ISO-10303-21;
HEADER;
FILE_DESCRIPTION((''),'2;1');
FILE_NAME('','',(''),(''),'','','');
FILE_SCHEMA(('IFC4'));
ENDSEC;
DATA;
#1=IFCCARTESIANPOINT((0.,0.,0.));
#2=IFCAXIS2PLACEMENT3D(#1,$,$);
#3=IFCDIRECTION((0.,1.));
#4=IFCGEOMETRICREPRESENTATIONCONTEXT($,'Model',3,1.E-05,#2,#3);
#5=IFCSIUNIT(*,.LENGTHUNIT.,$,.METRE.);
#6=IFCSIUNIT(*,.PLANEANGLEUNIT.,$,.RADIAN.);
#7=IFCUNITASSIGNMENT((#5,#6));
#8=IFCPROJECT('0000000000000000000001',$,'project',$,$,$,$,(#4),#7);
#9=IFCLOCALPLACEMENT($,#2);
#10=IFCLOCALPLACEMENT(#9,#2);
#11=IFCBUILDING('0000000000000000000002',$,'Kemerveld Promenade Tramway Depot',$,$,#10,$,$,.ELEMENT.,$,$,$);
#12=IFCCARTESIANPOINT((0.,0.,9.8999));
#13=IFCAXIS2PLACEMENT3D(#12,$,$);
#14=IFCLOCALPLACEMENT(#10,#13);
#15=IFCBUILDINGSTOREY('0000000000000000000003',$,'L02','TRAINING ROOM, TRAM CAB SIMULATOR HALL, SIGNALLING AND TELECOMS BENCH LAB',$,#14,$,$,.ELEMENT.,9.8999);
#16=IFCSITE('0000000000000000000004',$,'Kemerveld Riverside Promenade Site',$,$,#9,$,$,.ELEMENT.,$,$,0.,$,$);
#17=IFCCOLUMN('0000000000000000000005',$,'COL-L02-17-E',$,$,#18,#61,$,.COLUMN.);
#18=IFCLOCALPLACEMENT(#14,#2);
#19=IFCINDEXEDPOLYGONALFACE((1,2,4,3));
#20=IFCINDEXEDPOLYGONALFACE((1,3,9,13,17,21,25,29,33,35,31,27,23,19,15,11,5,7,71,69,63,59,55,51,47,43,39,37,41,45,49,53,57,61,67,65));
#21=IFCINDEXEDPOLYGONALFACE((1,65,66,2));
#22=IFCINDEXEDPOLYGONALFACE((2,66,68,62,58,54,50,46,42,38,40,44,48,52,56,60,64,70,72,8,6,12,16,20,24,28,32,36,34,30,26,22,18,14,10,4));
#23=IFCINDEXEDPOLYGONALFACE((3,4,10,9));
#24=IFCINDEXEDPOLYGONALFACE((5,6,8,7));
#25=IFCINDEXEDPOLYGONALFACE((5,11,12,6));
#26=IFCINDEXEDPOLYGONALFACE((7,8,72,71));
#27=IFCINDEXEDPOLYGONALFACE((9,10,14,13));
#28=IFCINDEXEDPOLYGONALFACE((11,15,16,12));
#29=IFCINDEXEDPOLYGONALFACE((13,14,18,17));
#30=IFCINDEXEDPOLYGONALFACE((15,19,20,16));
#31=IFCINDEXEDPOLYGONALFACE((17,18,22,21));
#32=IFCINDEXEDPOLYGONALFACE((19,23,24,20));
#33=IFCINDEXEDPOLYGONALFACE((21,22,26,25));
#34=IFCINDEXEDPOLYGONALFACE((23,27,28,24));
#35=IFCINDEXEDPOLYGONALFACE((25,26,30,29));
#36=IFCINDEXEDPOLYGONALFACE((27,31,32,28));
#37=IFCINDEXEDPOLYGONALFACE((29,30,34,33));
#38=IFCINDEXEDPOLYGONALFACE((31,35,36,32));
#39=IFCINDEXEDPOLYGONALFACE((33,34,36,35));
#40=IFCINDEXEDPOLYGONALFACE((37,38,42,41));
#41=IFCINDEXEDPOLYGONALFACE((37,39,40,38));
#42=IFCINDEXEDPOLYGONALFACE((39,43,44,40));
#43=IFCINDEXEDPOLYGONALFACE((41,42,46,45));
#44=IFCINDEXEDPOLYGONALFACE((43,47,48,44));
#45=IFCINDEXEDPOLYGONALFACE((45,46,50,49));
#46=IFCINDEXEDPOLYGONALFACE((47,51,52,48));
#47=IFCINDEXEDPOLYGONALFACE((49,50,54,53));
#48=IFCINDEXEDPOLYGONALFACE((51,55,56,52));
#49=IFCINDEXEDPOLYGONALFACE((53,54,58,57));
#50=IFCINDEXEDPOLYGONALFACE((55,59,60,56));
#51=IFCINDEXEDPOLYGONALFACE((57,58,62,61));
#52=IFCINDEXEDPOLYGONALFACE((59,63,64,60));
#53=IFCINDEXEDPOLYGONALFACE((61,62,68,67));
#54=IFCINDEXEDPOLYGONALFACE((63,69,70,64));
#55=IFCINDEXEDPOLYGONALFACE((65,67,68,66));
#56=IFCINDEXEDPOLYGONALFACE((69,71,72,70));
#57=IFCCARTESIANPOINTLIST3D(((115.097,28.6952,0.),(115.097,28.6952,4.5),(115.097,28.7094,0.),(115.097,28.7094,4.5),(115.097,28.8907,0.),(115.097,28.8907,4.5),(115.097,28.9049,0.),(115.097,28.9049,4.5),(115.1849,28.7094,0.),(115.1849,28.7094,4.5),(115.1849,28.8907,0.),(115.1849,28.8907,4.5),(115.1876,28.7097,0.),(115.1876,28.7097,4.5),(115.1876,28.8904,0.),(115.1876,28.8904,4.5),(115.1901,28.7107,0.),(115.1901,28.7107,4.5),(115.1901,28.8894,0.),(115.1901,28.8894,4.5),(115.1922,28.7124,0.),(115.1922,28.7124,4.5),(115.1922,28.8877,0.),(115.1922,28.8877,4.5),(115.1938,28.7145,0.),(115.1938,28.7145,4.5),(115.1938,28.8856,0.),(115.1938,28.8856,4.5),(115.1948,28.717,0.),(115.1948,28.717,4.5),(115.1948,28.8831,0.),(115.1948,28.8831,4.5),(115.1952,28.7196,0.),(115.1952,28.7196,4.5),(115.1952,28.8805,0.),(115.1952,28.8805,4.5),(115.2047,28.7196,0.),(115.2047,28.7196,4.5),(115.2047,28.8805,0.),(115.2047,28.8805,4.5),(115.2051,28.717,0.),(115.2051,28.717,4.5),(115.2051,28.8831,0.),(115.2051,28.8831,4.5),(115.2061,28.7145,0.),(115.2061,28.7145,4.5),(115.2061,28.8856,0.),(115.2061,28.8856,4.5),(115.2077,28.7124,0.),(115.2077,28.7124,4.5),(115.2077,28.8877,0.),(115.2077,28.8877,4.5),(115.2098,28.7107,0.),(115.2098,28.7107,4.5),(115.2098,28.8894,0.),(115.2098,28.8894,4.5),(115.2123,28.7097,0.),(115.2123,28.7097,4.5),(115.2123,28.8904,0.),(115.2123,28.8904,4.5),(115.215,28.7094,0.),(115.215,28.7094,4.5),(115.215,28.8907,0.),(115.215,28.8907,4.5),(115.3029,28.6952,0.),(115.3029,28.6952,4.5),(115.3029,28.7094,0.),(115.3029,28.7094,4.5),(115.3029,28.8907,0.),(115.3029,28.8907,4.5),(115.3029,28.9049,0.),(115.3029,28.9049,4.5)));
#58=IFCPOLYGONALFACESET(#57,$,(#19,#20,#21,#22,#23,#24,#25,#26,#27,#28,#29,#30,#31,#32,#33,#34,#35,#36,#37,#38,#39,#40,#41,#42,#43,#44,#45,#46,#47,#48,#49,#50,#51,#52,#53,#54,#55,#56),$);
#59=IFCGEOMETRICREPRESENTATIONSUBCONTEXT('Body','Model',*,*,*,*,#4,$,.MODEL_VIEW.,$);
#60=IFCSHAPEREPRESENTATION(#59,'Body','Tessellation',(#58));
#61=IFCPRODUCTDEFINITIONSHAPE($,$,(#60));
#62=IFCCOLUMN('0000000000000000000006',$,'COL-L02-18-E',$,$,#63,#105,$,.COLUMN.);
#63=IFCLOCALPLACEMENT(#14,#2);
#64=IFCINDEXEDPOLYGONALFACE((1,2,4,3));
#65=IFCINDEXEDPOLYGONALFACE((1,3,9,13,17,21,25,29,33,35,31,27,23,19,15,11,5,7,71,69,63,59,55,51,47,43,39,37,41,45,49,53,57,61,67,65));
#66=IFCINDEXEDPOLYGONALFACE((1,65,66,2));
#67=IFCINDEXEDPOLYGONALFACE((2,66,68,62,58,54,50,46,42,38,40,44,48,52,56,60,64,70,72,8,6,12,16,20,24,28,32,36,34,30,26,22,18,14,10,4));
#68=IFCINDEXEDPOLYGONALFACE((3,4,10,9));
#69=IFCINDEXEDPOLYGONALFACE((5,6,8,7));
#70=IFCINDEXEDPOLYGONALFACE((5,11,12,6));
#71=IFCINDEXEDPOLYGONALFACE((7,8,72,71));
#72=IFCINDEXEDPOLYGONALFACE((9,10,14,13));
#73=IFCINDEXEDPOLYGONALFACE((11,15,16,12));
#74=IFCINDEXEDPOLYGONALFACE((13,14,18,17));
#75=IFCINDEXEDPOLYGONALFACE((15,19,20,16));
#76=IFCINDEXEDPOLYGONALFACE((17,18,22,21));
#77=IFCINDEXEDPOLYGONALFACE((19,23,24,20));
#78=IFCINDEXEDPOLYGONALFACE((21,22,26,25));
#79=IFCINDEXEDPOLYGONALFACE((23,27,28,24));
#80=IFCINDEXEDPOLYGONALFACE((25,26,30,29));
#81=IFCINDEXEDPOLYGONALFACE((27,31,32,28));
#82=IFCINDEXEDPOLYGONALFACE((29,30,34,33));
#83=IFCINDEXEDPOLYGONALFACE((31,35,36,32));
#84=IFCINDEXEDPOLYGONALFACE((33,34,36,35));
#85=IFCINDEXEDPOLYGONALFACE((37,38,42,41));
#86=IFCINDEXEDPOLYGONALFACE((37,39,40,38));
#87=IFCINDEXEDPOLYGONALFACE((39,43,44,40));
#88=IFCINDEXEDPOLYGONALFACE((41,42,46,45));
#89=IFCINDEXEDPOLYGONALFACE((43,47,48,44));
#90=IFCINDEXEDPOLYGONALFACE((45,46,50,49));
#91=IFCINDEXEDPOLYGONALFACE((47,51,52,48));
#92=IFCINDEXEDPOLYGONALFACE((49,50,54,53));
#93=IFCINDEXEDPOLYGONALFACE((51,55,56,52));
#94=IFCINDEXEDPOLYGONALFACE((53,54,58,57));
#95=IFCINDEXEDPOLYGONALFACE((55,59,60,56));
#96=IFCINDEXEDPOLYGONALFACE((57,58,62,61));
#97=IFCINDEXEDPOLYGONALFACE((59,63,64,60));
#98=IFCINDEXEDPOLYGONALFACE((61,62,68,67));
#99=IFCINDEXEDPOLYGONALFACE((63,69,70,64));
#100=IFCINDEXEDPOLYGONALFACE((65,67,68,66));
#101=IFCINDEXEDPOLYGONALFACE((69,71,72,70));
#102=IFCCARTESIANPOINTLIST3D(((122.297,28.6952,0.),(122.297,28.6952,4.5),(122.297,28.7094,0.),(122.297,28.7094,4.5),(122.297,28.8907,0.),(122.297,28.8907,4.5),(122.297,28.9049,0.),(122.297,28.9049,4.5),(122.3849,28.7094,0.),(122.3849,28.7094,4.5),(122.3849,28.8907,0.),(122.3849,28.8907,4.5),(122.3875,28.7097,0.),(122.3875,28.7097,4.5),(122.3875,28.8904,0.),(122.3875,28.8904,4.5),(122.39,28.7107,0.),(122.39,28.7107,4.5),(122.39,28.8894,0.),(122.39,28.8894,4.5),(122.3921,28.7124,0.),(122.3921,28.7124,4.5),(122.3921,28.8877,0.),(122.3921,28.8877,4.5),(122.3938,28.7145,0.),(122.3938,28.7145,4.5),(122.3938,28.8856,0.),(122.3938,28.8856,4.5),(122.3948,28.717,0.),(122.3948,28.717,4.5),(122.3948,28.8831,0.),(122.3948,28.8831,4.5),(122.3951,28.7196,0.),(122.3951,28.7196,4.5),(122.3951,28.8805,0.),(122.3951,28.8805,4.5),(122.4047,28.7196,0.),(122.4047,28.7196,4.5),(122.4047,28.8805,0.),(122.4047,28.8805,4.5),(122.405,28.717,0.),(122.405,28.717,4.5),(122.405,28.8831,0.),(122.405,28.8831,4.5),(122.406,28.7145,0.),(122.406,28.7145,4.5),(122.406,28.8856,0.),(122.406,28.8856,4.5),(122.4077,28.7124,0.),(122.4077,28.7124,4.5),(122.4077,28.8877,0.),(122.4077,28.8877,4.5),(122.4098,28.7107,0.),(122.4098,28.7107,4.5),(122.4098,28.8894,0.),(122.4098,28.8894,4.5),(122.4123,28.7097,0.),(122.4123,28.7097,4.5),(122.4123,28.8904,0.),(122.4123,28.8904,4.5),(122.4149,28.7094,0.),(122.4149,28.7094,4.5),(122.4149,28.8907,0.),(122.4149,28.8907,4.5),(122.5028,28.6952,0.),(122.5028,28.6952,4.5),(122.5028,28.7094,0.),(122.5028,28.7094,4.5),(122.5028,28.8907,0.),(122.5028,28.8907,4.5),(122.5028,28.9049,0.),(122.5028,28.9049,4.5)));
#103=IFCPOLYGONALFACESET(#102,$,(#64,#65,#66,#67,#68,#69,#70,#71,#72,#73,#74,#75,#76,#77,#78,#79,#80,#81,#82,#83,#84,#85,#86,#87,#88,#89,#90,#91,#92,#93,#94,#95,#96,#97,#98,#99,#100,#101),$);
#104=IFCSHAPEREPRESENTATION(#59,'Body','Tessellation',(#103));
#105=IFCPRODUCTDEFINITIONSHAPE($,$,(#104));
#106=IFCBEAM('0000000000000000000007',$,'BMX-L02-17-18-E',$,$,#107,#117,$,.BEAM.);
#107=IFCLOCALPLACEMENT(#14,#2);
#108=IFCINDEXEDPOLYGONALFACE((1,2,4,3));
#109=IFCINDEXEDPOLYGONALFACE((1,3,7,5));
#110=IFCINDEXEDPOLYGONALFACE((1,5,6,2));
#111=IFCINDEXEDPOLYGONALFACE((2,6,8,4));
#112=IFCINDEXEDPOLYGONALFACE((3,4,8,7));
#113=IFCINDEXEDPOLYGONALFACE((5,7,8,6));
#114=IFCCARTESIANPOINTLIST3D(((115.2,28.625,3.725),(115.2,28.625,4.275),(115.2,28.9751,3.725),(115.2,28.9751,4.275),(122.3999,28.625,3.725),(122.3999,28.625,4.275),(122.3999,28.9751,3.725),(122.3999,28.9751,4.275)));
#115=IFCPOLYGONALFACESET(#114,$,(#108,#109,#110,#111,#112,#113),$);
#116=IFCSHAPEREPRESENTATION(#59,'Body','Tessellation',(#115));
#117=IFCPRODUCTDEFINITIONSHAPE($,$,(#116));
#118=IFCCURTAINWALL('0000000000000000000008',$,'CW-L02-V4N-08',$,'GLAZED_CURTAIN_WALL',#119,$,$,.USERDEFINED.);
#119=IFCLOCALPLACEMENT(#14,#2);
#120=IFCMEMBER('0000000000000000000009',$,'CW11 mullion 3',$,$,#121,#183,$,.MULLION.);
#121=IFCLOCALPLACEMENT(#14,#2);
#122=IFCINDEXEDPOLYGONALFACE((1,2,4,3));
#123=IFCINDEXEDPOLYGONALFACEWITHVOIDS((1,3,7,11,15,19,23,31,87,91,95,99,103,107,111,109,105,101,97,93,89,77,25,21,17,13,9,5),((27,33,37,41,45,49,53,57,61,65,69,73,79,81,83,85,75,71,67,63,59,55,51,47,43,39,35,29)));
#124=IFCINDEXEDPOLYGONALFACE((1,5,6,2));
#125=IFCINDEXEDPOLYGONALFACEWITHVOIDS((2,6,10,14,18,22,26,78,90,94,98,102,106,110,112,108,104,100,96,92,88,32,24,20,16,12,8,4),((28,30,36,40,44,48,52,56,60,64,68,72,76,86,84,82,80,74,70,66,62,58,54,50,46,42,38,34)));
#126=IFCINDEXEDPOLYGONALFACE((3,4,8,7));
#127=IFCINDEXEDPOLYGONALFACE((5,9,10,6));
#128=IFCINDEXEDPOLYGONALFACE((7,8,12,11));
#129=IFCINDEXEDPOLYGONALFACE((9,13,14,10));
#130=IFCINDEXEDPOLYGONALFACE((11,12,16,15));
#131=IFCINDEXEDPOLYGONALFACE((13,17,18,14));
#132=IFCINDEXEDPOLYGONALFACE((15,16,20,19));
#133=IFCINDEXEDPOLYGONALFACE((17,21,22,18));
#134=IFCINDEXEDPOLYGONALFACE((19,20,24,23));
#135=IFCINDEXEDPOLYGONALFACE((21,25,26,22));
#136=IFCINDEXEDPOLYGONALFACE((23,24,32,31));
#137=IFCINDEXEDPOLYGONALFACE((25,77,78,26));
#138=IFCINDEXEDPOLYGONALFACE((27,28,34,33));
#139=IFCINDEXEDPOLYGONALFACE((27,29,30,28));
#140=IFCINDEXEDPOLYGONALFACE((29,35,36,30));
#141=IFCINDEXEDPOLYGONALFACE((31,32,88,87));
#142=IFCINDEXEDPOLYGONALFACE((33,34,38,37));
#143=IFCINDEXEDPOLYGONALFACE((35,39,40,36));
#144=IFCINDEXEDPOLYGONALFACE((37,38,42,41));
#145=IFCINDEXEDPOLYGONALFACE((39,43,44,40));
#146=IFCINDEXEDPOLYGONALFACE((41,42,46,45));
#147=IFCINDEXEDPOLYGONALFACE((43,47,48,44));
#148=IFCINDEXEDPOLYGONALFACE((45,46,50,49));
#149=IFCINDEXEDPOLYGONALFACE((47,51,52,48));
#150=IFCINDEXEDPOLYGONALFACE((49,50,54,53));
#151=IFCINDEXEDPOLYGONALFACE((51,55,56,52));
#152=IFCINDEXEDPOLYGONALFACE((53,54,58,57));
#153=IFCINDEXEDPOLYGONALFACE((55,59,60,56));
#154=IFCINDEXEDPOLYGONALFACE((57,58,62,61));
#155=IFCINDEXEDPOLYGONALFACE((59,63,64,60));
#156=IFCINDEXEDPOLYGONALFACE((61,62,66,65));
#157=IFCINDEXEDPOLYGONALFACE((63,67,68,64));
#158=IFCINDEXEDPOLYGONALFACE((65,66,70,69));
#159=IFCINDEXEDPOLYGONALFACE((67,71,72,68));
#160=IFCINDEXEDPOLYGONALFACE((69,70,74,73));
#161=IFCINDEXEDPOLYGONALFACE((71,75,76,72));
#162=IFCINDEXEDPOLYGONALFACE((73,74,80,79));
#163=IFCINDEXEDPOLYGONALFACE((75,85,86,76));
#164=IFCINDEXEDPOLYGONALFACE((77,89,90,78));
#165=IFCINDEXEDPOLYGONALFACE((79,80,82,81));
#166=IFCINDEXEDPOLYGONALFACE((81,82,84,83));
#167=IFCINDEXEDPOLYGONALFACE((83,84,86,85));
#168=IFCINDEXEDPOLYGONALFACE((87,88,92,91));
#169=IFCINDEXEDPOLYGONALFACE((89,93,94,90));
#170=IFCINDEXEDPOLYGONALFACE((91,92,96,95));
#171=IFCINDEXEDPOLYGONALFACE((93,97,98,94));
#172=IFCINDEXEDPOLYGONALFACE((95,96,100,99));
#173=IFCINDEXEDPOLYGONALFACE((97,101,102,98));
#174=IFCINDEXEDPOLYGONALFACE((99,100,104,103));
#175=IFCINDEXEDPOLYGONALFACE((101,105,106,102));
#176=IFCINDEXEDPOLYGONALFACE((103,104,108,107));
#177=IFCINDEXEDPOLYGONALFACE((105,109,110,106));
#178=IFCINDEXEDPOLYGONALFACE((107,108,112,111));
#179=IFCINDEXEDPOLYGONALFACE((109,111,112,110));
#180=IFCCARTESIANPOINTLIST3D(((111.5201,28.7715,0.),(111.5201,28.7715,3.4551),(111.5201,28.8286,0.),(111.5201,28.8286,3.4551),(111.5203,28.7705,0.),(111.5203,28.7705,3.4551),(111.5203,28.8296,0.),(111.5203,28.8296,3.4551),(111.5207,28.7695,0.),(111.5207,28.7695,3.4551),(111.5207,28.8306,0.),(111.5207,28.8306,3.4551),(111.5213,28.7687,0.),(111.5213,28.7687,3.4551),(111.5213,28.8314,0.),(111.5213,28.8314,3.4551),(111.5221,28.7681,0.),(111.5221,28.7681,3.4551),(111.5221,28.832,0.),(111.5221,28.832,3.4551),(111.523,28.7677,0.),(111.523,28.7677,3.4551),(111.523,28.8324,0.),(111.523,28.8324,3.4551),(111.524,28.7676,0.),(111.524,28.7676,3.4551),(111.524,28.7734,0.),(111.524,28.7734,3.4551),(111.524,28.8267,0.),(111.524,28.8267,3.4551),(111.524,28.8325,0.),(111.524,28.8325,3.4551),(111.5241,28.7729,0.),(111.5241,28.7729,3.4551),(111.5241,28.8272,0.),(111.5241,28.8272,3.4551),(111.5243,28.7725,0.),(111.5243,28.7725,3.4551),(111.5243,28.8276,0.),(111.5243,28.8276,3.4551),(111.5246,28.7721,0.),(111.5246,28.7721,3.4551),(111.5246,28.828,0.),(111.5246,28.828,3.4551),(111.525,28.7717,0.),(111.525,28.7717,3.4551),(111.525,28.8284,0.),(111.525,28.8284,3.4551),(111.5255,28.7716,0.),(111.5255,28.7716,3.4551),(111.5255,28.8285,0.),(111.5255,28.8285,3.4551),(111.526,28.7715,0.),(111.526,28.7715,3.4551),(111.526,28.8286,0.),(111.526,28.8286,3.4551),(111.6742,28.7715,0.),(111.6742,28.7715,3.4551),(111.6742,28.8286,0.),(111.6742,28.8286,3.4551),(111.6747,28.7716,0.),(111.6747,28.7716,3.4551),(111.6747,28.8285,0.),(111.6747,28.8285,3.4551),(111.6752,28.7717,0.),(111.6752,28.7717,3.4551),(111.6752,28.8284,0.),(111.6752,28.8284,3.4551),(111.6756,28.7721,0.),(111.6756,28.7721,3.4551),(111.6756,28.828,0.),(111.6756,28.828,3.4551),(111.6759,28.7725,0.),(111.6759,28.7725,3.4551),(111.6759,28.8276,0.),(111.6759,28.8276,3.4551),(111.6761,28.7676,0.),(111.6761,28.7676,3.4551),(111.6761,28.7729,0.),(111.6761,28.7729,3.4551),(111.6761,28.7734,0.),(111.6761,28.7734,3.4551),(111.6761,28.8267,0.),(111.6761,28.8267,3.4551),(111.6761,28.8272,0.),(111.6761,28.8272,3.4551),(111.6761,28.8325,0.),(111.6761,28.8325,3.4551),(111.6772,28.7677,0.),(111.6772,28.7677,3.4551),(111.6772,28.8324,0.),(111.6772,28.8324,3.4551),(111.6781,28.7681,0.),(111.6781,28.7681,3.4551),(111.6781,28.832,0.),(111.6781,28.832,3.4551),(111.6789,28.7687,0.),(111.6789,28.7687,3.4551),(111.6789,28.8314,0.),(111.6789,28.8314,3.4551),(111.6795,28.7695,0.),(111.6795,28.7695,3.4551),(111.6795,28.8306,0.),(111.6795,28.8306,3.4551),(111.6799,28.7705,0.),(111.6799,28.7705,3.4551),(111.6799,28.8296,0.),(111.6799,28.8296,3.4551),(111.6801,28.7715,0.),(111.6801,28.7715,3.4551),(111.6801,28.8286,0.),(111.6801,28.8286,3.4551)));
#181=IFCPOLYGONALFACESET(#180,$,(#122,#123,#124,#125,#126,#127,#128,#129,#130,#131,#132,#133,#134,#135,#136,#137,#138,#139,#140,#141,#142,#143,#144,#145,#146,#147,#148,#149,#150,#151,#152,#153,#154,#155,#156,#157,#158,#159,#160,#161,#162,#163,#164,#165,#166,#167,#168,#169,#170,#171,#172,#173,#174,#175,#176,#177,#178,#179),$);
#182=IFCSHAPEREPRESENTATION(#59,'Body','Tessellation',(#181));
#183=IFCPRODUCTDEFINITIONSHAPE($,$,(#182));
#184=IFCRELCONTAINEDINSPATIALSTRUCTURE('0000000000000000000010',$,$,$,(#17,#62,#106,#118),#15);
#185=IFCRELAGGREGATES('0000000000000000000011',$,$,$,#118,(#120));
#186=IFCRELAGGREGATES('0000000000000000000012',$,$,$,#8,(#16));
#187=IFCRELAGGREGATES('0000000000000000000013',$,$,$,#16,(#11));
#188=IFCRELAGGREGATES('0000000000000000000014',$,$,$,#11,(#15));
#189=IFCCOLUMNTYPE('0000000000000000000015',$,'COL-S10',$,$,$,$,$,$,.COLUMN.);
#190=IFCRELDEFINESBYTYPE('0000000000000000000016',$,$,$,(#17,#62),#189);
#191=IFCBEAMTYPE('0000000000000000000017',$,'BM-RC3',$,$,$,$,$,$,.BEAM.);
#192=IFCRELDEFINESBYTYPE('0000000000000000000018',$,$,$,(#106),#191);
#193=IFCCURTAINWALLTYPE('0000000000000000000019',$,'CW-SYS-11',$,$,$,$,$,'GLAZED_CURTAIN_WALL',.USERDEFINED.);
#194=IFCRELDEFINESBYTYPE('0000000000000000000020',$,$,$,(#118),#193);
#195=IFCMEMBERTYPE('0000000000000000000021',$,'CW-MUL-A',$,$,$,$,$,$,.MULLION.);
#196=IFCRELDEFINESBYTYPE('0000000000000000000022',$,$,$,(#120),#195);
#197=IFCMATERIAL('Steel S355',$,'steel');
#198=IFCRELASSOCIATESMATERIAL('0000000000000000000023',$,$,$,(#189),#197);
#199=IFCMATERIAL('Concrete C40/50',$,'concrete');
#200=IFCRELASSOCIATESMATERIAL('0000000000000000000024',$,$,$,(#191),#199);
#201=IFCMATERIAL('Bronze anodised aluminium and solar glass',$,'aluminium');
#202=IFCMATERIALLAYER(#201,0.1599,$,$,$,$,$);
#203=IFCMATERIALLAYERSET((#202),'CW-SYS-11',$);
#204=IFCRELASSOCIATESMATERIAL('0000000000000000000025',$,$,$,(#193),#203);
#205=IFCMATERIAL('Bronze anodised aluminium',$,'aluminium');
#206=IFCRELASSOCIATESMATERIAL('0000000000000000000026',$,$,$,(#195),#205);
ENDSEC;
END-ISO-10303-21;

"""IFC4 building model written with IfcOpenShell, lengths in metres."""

from ifc_helpers import new_model, si_unit, direction, frame, origin, origin_2d, place, context, subcontext, project, spatial, rectangle, hollow_rectangle, i_section, extrude, material, layer, layer_set, material_profile, profile_set, type_object, element, aggregate, save


model = new_model("IFC4")

# Units and contexts
model_context = context("Model", 3, precision=1e-05, world=origin(), true_north=direction((0.0, 1.0)))
body_context = subcontext(model_context, "Body", "Model", "MODEL_VIEW")
ifc_project = project(units=[si_unit("LENGTHUNIT", "METRE"), si_unit("PLANEANGLEUNIT", "RADIAN")], contexts=[model_context])

# Site, building, storey
site_placement = place(None, origin())
site = spatial("IfcSite", under=ifc_project, at=site_placement, Name="Kemerveld Riverside Promenade Site", CompositionType="ELEMENT", RefElevation=0.0)
building_placement = place(site_placement, origin())
building = spatial("IfcBuilding", under=site, at=building_placement, Name="Kemerveld Promenade Tramway Depot", CompositionType="ELEMENT")
storey_placement = place(building_placement, frame((0.0, 0.0, 9.8999)))
storey = spatial("IfcBuildingStorey", under=building, at=storey_placement, Name="L02", Description="TRAINING ROOM, TRAM CAB SIMULATOR HALL, SIGNALLING AND TELECOMS BENCH LAB", CompositionType="ELEMENT", Elevation=9.8999)

# Columns
ifc_material_1 = material(Name="Steel S355", Category="steel")
ifc_material_profile_1 = material_profile(ifc_material_1, i_section(OverallWidth=0.2058, OverallDepth=0.2097, WebThickness=0.0095, FlangeThickness=0.0142, FilletRadius=0.0103, at=origin_2d()), Name="203x203x60 UC")
ifc_profile_set_1 = profile_set([ifc_material_profile_1], Name="Steel S355")
column_type = type_object("IfcColumnType", Name="COL-S10", PredefinedType="COLUMN", material=ifc_profile_set_1)
for number, where, z_axis, x_axis, name in (
    (1, (115.2, 28.8, 0.0), (0.0, 0.0, 1.0), (1.0, 0.0, 0.0), "COL-L02-17-E"),
    (2, (122.3999, 28.8, 0.0), (0.0, 0.0, 1.0), (1.0, 0.0, 0.0), "COL-L02-18-E"),
):
    element("IfcColumn", number, at=place(storey_placement, frame(where, z_axis=z_axis, x_axis=x_axis)), inside=storey, type_object=column_type, Name=name, PredefinedType="COLUMN", context=body_context, shape_type="SweptSolid", body=[
        extrude(i_section(OverallWidth=0.2058, OverallDepth=0.2097, WebThickness=0.0095, FlangeThickness=0.0142, FilletRadius=0.0103, at=origin_2d()), origin(), (0.0, 0.0, 1.0), 4.5),
    ])

# Beam
ifc_material_2 = material(Name="Concrete C40/50", Category="concrete")
ifc_material_profile_2 = material_profile(ifc_material_2, rectangle(XDim=0.3501, YDim=0.55, at=origin_2d()), Name="RC-BM-350x550")
ifc_profile_set_2 = profile_set([ifc_material_profile_2], Name="Concrete C40/50")
beam_type = type_object("IfcBeamType", Name="BM-RC3", PredefinedType="BEAM", material=ifc_profile_set_2)
beam_placement = place(storey_placement, frame((115.2, 28.8, 4.0), z_axis=(1.0, 0.0, 0.0), x_axis=(0.0, 1.0, 0.0)))
element("IfcBeam", 3, at=beam_placement, inside=storey, type_object=beam_type, Name="BMX-L02-17-18-E", PredefinedType="BEAM", context=body_context, shape_type="SweptSolid", body=[
    extrude(rectangle(XDim=0.3501, YDim=0.55, at=origin_2d()), origin(), (0.0, 0.0, 1.0), 7.2),
])

# Curtain wall, member
ifc_material_3 = material(Name="Bronze anodised aluminium and solar glass", Category="aluminium")
ifc_layer_1 = layer(ifc_material_3, 0.1599)
ifc_layer_set_1 = layer_set([ifc_layer_1], Name="CW-SYS-11")
curtain_wall_type = type_object("IfcCurtainWallType", Name="CW-SYS-11", ElementType="GLAZED_CURTAIN_WALL", PredefinedType="USERDEFINED", material=ifc_layer_set_1)
curtain_wall_placement = place(storey_placement, origin())
curtain_wall = element("IfcCurtainWall", 4, at=curtain_wall_placement, inside=storey, type_object=curtain_wall_type, Name="CW-L02-V4N-08", ObjectType="GLAZED_CURTAIN_WALL", PredefinedType="USERDEFINED")
ifc_material_4 = material(Name="Bronze anodised aluminium", Category="aluminium")
ifc_material_profile_3 = material_profile(ifc_material_4, hollow_rectangle(XDim=0.0649, YDim=0.1599, WallThickness=0.0039, InnerFilletRadius=0.002, OuterFilletRadius=0.0039, at=origin_2d()), Name="CW-MUL-160x65")
ifc_profile_set_3 = profile_set([ifc_material_profile_3], Name="Bronze anodised aluminium")
member_type_1 = type_object("IfcMemberType", Name="CW-MUL-A", PredefinedType="MULLION", material=ifc_profile_set_3)
member_1_placement = place(storey_placement, frame((111.6001, 28.8, 0.0), z_axis=(0.0, 0.0, 1.0), x_axis=(0.0, 1.0, 0.0)))
member_1 = element("IfcMember", 5, at=member_1_placement, type_object=member_type_1, Name="CW11 mullion 3", PredefinedType="MULLION", context=body_context, shape_type="SweptSolid", body=[
    extrude(hollow_rectangle(XDim=0.0649, YDim=0.1599, WallThickness=0.0039, InnerFilletRadius=0.002, OuterFilletRadius=0.0039, at=origin_2d()), origin(), (0.0, 0.0, 1.0), 3.4551),
])
aggregate(curtain_wall, [member_1])

save(model, "model.ifc")
